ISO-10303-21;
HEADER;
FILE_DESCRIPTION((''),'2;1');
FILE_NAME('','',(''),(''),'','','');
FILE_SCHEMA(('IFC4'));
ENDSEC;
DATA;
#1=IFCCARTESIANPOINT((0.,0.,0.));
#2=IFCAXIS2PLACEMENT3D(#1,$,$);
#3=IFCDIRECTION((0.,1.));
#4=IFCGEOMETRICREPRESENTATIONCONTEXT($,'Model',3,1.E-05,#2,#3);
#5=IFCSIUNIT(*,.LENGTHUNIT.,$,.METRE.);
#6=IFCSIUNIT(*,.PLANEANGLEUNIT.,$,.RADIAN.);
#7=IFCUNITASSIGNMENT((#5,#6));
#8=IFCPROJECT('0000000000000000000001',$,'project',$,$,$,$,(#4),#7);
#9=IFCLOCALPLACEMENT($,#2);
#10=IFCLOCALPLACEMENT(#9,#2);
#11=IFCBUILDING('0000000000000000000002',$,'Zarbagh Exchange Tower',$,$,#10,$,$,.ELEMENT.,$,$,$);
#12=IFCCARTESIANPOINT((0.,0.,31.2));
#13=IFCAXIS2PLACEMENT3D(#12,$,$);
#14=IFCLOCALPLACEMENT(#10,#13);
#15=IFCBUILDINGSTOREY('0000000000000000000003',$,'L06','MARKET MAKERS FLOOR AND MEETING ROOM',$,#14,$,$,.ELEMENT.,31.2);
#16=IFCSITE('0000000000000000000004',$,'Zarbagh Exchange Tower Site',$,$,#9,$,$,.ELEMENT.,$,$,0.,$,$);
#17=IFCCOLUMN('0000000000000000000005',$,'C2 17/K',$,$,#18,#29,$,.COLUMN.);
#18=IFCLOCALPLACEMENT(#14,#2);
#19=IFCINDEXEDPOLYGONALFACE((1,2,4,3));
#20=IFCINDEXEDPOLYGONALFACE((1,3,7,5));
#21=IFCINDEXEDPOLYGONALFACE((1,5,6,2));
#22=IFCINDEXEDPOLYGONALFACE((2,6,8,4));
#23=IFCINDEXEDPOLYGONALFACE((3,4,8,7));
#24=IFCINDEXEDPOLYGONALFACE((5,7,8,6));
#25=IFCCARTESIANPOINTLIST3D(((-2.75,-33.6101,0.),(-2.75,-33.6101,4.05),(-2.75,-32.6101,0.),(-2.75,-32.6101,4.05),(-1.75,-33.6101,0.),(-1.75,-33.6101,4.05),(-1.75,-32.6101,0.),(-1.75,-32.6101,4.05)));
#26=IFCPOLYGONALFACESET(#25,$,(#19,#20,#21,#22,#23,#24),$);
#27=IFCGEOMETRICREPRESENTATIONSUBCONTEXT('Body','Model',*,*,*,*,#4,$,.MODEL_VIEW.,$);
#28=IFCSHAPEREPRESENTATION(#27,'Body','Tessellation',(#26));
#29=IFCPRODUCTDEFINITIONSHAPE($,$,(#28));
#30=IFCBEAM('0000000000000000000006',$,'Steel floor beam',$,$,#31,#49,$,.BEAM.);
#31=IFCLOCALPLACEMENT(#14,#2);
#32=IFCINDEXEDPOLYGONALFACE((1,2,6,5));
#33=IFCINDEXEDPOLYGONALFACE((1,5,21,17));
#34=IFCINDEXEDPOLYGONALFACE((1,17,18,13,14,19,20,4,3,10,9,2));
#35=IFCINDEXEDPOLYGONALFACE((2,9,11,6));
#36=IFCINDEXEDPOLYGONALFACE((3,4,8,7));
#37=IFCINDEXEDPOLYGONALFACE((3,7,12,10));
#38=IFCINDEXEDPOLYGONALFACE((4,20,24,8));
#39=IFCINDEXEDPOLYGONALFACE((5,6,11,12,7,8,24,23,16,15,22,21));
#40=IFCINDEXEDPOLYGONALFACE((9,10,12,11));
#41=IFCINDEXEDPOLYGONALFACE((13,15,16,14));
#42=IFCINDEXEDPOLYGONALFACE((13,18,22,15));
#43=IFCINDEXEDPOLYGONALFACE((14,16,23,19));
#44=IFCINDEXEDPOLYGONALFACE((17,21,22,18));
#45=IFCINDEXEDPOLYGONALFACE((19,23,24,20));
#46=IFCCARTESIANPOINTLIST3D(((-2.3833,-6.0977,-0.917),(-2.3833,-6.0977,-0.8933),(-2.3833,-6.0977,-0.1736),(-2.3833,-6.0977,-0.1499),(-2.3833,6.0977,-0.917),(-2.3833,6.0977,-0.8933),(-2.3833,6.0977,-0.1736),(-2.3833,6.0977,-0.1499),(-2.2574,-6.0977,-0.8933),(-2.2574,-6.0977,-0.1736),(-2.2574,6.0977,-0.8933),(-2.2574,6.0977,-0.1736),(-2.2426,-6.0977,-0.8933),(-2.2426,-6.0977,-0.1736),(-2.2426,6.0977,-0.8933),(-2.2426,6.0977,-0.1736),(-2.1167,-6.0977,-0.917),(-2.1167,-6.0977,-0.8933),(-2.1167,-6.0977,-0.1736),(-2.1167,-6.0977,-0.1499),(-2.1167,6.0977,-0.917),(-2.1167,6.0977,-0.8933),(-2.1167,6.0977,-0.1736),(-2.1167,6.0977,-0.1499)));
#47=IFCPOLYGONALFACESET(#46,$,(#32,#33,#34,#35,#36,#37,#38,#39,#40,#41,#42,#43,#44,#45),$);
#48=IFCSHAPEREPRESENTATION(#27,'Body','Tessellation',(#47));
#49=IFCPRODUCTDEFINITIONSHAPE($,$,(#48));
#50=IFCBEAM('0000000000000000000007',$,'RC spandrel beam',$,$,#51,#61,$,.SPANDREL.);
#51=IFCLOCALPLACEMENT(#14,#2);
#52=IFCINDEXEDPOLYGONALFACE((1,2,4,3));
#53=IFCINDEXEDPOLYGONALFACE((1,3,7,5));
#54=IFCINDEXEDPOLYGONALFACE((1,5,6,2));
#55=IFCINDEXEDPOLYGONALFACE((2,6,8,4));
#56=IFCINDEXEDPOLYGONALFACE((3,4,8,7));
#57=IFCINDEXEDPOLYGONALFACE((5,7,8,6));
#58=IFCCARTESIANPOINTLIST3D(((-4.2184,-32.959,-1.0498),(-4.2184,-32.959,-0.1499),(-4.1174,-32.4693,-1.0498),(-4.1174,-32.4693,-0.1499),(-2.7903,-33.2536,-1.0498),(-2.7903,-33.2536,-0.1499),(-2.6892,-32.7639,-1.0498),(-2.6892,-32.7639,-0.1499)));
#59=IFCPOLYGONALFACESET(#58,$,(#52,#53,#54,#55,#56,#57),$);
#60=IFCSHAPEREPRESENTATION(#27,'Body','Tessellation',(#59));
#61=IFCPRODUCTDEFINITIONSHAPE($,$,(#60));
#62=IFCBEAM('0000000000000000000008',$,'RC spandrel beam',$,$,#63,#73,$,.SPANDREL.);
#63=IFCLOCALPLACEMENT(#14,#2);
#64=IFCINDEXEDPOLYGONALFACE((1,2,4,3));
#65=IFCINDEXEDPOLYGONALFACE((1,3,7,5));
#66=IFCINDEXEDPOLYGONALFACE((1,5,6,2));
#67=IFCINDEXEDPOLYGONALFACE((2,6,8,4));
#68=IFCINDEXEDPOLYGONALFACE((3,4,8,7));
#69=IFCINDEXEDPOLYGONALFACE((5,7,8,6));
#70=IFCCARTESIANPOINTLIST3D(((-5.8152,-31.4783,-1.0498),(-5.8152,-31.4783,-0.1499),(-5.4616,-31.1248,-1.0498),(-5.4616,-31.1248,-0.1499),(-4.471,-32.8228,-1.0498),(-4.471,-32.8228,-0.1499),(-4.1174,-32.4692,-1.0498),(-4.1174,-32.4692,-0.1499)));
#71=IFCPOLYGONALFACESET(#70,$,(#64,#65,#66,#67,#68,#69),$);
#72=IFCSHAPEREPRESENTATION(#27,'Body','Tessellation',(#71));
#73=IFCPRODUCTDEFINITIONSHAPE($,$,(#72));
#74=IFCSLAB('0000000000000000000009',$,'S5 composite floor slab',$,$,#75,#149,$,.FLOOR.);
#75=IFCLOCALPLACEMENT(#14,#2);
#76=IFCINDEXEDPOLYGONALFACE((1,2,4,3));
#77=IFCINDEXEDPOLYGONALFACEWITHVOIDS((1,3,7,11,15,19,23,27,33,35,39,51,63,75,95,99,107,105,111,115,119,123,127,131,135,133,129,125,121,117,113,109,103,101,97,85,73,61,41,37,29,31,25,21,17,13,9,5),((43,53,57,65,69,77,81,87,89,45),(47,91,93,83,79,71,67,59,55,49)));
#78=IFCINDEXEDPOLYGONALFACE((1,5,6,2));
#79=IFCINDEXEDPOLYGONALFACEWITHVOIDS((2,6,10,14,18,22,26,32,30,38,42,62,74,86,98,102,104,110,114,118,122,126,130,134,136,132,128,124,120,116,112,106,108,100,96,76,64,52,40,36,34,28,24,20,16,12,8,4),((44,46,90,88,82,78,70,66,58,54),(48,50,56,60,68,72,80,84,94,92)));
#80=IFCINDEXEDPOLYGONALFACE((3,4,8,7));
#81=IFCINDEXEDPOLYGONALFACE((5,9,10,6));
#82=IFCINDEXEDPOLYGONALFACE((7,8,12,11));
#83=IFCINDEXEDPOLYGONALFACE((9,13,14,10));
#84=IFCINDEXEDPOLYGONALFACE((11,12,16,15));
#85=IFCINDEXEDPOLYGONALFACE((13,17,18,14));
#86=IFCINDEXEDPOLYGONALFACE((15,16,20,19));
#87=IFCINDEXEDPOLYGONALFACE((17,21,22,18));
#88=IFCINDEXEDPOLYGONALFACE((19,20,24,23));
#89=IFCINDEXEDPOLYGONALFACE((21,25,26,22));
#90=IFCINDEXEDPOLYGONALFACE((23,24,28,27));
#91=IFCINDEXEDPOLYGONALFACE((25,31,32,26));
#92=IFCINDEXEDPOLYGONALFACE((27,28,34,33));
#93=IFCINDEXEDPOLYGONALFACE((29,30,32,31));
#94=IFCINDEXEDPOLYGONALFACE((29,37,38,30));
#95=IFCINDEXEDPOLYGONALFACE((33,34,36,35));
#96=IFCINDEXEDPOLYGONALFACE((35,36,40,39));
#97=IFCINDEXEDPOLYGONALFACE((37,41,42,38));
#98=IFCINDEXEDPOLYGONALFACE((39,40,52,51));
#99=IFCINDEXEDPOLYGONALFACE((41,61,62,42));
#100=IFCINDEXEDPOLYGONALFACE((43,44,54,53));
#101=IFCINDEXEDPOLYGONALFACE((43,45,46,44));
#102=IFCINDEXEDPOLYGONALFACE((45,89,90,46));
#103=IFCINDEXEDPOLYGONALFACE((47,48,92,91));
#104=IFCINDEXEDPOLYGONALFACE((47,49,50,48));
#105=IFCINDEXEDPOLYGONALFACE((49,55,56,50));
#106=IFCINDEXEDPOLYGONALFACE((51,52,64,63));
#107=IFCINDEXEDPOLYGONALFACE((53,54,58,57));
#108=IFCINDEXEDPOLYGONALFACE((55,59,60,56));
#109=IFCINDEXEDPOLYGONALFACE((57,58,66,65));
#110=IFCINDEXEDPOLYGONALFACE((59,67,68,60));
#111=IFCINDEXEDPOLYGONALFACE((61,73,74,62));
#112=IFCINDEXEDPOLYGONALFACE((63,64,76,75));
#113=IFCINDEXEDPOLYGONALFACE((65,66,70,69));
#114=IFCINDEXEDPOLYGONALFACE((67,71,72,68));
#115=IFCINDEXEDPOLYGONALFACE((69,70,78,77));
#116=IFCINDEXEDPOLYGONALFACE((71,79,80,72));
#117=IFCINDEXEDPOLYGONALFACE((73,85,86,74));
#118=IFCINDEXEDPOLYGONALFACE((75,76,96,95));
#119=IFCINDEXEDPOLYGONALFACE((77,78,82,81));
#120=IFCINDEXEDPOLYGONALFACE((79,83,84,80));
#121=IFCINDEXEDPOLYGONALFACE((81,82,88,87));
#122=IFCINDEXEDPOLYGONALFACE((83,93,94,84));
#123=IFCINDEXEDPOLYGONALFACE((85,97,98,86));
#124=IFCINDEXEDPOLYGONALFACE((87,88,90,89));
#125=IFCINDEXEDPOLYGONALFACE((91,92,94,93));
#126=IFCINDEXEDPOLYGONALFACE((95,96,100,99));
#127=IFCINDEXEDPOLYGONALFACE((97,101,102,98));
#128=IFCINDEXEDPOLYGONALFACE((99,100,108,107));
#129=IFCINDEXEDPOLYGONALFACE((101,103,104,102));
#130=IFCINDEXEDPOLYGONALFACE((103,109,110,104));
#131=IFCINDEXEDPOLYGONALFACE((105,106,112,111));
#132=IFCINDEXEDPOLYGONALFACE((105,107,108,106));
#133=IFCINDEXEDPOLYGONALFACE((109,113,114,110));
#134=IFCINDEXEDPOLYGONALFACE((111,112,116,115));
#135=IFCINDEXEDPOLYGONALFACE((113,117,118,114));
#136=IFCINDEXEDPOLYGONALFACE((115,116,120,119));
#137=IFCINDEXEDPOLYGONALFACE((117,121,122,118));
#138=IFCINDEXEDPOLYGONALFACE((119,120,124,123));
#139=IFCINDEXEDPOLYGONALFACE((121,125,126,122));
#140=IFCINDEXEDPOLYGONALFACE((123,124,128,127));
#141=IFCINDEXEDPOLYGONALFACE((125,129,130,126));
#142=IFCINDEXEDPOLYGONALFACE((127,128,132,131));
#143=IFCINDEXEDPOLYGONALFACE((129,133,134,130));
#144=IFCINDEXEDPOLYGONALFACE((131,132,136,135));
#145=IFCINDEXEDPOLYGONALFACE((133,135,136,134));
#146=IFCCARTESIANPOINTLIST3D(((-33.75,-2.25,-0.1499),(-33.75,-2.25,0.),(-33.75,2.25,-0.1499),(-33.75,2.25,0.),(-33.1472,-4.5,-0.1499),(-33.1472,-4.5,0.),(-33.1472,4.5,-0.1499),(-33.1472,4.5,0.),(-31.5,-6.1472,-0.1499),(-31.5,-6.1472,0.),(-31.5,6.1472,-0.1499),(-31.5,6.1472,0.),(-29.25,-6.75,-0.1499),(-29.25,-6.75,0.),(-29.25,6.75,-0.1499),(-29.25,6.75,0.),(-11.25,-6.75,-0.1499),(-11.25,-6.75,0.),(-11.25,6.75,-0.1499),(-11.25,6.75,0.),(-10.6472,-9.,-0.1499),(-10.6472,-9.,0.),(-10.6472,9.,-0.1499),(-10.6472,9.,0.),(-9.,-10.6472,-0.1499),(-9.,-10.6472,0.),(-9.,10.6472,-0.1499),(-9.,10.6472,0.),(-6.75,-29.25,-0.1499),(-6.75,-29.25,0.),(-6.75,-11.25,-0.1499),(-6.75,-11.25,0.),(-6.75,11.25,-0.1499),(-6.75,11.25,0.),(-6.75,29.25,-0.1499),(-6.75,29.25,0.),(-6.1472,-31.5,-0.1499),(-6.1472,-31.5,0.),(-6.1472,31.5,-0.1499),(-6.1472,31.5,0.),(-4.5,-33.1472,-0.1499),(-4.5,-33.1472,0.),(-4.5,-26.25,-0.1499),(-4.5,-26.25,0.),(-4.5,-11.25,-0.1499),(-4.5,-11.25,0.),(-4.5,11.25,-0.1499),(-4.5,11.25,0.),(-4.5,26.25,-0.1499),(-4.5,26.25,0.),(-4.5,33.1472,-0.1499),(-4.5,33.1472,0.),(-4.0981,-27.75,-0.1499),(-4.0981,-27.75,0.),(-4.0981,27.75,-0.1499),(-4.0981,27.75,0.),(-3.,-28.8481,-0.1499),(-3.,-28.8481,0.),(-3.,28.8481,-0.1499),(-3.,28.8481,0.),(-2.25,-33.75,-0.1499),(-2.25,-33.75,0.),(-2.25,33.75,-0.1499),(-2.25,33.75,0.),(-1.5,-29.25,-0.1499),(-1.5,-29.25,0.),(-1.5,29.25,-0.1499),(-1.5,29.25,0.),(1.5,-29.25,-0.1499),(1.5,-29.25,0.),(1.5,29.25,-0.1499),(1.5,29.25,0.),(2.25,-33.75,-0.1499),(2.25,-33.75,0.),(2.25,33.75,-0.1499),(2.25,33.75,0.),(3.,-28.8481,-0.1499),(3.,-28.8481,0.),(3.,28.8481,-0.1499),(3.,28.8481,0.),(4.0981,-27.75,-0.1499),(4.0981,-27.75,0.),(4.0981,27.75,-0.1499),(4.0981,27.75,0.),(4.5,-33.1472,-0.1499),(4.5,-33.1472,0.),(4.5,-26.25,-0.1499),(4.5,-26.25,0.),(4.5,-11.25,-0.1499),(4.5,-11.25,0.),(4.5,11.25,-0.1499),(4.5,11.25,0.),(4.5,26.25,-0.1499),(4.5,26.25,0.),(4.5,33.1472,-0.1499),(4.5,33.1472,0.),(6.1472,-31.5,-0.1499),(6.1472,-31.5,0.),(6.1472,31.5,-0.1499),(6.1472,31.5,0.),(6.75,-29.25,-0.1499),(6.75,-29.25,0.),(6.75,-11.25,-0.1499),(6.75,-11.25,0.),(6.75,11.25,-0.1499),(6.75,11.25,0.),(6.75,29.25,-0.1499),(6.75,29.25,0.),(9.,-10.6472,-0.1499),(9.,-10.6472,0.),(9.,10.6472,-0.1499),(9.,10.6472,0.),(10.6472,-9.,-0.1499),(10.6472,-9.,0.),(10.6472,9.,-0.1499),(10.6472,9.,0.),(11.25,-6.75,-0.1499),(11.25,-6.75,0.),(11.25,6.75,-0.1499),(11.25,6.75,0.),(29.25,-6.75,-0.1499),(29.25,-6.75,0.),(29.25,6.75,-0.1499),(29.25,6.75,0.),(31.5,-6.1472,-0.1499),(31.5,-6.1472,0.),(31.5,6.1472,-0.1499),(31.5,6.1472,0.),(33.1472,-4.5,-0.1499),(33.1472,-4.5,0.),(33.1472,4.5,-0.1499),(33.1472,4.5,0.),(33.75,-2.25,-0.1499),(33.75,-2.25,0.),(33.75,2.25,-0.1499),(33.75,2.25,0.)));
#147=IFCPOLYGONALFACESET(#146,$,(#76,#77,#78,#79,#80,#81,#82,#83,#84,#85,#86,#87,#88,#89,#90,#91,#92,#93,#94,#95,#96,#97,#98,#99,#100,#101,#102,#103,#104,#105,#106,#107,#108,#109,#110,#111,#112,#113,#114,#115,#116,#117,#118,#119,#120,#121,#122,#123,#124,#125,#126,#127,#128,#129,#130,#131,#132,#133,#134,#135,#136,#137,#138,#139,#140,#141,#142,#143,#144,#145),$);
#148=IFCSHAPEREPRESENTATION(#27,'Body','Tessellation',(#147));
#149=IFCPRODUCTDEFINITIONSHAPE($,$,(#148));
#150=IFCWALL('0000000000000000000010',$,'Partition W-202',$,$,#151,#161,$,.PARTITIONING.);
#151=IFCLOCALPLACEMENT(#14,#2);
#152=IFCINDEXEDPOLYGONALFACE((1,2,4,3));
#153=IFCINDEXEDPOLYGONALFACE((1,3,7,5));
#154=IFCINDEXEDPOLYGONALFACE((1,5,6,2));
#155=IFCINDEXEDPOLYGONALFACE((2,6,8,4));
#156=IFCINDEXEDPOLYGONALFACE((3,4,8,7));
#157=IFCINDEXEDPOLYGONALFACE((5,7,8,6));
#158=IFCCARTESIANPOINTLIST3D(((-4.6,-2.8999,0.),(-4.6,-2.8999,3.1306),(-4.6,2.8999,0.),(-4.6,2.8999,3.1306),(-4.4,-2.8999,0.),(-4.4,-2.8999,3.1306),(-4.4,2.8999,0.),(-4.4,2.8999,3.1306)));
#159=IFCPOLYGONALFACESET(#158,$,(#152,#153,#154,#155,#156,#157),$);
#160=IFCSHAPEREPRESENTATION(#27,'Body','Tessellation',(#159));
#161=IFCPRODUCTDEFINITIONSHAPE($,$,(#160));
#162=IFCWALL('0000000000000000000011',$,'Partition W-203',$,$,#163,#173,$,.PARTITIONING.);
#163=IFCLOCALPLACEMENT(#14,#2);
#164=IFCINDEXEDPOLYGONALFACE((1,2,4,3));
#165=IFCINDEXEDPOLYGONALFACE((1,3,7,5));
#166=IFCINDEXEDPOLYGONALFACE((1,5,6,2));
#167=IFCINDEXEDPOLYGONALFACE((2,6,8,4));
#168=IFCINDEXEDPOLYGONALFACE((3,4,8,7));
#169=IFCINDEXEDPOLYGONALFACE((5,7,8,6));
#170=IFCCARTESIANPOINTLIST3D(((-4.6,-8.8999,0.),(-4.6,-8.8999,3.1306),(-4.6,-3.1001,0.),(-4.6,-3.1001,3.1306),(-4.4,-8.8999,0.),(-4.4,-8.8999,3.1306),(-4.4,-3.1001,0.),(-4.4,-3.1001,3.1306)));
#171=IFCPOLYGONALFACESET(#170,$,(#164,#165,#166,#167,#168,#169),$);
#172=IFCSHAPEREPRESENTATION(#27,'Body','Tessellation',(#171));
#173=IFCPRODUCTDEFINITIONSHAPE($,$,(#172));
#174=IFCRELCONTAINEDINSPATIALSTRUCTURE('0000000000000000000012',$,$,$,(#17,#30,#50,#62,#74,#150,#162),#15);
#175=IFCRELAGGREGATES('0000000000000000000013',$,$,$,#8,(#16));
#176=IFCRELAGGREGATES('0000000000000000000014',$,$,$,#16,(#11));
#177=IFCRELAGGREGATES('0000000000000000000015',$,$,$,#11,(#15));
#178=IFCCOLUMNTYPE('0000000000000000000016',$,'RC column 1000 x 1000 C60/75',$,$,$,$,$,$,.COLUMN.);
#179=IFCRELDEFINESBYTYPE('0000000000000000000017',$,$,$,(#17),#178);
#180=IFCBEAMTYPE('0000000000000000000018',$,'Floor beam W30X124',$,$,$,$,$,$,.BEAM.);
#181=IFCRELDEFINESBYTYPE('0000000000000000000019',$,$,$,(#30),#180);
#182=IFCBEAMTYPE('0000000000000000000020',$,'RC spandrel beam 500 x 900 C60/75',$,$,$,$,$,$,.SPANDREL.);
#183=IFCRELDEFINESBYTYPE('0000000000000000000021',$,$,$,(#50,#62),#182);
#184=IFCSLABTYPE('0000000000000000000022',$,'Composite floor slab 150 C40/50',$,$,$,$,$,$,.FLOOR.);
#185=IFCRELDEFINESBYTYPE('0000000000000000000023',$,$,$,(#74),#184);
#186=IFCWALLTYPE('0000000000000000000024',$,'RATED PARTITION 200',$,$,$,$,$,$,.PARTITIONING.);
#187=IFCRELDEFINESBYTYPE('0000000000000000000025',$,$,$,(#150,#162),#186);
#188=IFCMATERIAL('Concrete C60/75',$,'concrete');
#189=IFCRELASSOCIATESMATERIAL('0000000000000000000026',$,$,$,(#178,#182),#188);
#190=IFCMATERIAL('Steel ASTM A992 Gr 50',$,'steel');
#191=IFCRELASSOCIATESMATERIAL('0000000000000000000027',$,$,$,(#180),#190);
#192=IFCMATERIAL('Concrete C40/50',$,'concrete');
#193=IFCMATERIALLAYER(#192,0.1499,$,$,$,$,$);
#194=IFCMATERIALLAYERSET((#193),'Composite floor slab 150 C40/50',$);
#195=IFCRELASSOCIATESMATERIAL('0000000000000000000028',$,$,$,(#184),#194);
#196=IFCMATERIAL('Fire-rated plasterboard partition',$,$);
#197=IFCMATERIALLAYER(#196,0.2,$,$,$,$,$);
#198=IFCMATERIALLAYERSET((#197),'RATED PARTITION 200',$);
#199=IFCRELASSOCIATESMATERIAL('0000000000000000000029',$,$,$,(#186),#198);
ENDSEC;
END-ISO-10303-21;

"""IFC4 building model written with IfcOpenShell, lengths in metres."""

from ifc_helpers import new_model, si_unit, direction, frame, frame_2d, origin, origin_2d, place, context, subcontext, project, spatial, polyline, rectangle, i_section, outline, extrude, material, layer, layer_set, material_profile, profile_set, type_object, element, save


model = new_model("IFC4")

# Units and contexts
model_context = context("Model", 3, precision=1e-05, world=origin(), true_north=direction((0.0, 1.0)))
body_context = subcontext(model_context, "Body", "Model", "MODEL_VIEW")
ifc_project = project(units=[si_unit("LENGTHUNIT", "METRE"), si_unit("PLANEANGLEUNIT", "RADIAN")], contexts=[model_context])

# Site, building, storey
site_placement = place(None, origin())
site = spatial("IfcSite", under=ifc_project, at=site_placement, Name="Zarbagh Exchange Tower Site", CompositionType="ELEMENT", RefElevation=0.0)
building_placement = place(site_placement, origin())
building = spatial("IfcBuilding", under=site, at=building_placement, Name="Zarbagh Exchange Tower", CompositionType="ELEMENT")
storey_placement = place(building_placement, frame((0.0, 0.0, 31.2)))
storey = spatial("IfcBuildingStorey", under=building, at=storey_placement, Name="L06", Description="MARKET MAKERS FLOOR AND MEETING ROOM", CompositionType="ELEMENT", Elevation=31.2)

# Column
ifc_material_1 = material(Name="Concrete C60/75", Category="concrete")
ifc_material_profile_1 = material_profile(ifc_material_1, rectangle(XDim=1.0, YDim=1.0, at=origin_2d()), Name="RC column 1000 x 1000 C60/75")
ifc_profile_set_1 = profile_set([ifc_material_profile_1], Name="Concrete C60/75")
column_type = type_object("IfcColumnType", Name="RC column 1000 x 1000 C60/75", PredefinedType="COLUMN", material=ifc_profile_set_1)
column_placement = place(storey_placement, frame((-2.25, -33.1101, 0.0), z_axis=(0.0, 0.0, 1.0), x_axis=(1.0, 0.0, 0.0)))
element("IfcColumn", 1, at=column_placement, inside=storey, type_object=column_type, Name="C2 17/K", PredefinedType="COLUMN", context=body_context, shape_type="SweptSolid", body=[
    extrude(rectangle(XDim=1.0, YDim=1.0, at=origin_2d()), origin(), (0.0, 0.0, 1.0), 4.05),
])

# Beams
ifc_material_2 = material(Name="Steel ASTM A992 Gr 50", Category="steel")
ifc_material_profile_2 = material_profile(ifc_material_2, i_section(OverallWidth=0.2666, OverallDepth=0.7671, WebThickness=0.0149, FlangeThickness=0.0237, at=origin_2d()), Name="W30X124")
ifc_profile_set_2 = profile_set([ifc_material_profile_2], Name="Steel ASTM A992 Gr 50")
beam_type_1 = type_object("IfcBeamType", Name="Floor beam W30X124", PredefinedType="BEAM", material=ifc_profile_set_2)
beam_1_placement = place(storey_placement, frame((-2.25, -6.0977, -0.5334), z_axis=(0.0, 1.0, 0.0), x_axis=(-1.0, 0.0, 0.0)))
element("IfcBeam", 2, at=beam_1_placement, inside=storey, type_object=beam_type_1, Name="Steel floor beam", PredefinedType="BEAM", context=body_context, shape_type="SweptSolid", body=[
    extrude(i_section(OverallWidth=0.2666, OverallDepth=0.7671, WebThickness=0.0149, FlangeThickness=0.0237, at=origin_2d()), origin(), (0.0, 0.0, 1.0), 12.1953),
])
ifc_material_profile_3 = material_profile(ifc_material_1, rectangle(XDim=0.5, YDim=0.8999, at=origin_2d()), Name="RC spandrel beam 500 x 900 C60/75")
ifc_profile_set_3 = profile_set([ifc_material_profile_3], Name="Concrete C60/75")
beam_type_2 = type_object("IfcBeamType", Name="RC spandrel beam 500 x 900 C60/75", PredefinedType="SPANDREL", material=ifc_profile_set_3)
beam_2_placement = place(storey_placement, frame((-2.7397, -33.0088, -0.5999), z_axis=(-0.979371, 0.202069, 0.0), x_axis=(-0.202069, -0.979371, 0.0)))
element("IfcBeam", 3, at=beam_2_placement, inside=storey, type_object=beam_type_2, Name="RC spandrel beam", PredefinedType="SPANDREL", context=body_context, shape_type="SweptSolid", body=[
    extrude(rectangle(XDim=0.5, YDim=0.8999, at=origin_2d()), origin(), (0.0, 0.0, 1.0), 1.4583),
])
beam_3_placement = place(storey_placement, frame((-4.2942, -32.646, -0.5999), z_axis=(-0.707043, 0.707171, 0.0), x_axis=(-0.707171, -0.707043, 0.0)))
element("IfcBeam", 4, at=beam_3_placement, inside=storey, type_object=beam_type_2, Name="RC spandrel beam", PredefinedType="SPANDREL", context=body_context, shape_type="SweptSolid", body=[
    extrude(rectangle(XDim=0.5, YDim=0.8999, at=origin_2d()), origin(), (0.0, 0.0, 1.0), 1.9011),
])

# Slab
ifc_material_3 = material(Name="Concrete C40/50", Category="concrete")
ifc_layer_1 = layer(ifc_material_3, 0.1499)
ifc_layer_set_1 = layer_set([ifc_layer_1], Name="Composite floor slab 150 C40/50")
slab_type = type_object("IfcSlabType", Name="Composite floor slab 150 C40/50", PredefinedType="FLOOR", material=ifc_layer_set_1)
slab_placement = place(storey_placement, frame((0.0, 0.0, -0.1499)))
element("IfcSlab", 5, at=slab_placement, inside=storey, type_object=slab_type, Name="S5 composite floor slab", PredefinedType="FLOOR", context=body_context, shape_type="SweptSolid", body=[
    extrude(outline(polyline([(-2.25, -33.75), (-4.5, -33.1472), (-6.1472, -31.5), (-6.75, -29.25), (-6.75, -11.25), (-9.0, -10.6472), (-10.6472, -9.0), (-11.25, -6.75), (-29.25, -6.75), (-31.5, -6.1472), (-33.1472, -4.5), (-33.75, -2.25), (-33.75, 2.25), (-33.1472, 4.5), (-31.5, 6.1472), (-29.25, 6.75), (-11.25, 6.75), (-10.6472, 9.0), (-9.0, 10.6472), (-6.75, 11.25), (-6.75, 29.25), (-6.1472, 31.5), (-4.5, 33.1472), (-2.25, 33.75), (2.25, 33.75), (4.5, 33.1472), (6.1472, 31.5), (6.75, 29.25), (6.75, 11.25), (9.0, 10.6472), (10.6472, 9.0), (11.25, 6.75), (29.25, 6.75), (31.5, 6.1472), (33.1472, 4.5), (33.75, 2.25), (33.75, -2.25), (33.1472, -4.5), (31.5, -6.1472), (29.25, -6.75), (11.25, -6.75), (10.6472, -9.0), (9.0, -10.6472), (6.75, -11.25), (6.75, -29.25), (6.1472, -31.5), (4.5, -33.1472), (2.25, -33.75), (-2.25, -33.75)]), holes=[polyline([(4.5, 11.25), (4.5, 26.25), (4.0981, 27.75), (3.0, 28.8481), (1.5, 29.25), (-1.5, 29.25), (-3.0, 28.8481), (-4.0981, 27.75), (-4.5, 26.25), (-4.5, 11.25), (4.5, 11.25)]), polyline([(-1.5, -29.25), (1.5, -29.25), (3.0, -28.8481), (4.0981, -27.75), (4.5, -26.25), (4.5, -11.25), (-4.5, -11.25), (-4.5, -26.25), (-4.0981, -27.75), (-3.0, -28.8481), (-1.5, -29.25)])]), origin(), (0.0, 0.0, 1.0), 0.1499),
])

# Walls
ifc_material_4 = material(Name="Fire-rated plasterboard partition")
ifc_layer_2 = layer(ifc_material_4, 0.2)
ifc_layer_set_2 = layer_set([ifc_layer_2], Name="RATED PARTITION 200")
wall_type_1 = type_object("IfcWallType", Name="RATED PARTITION 200", PredefinedType="PARTITIONING", material=ifc_layer_set_2)
for number, where, z_axis, x_axis, name in (
    (6, (-4.5, -2.8999, 0.0), (0.0, 0.0, 1.0), (0.0, 1.0, 0.0), "Partition W-202"),
    (7, (-4.5, -8.8999, 0.0), (0.0, 0.0, 1.0), (0.0, 1.0, 0.0), "Partition W-203"),
):
    element("IfcWall", number, at=place(storey_placement, frame(where, z_axis=z_axis, x_axis=x_axis)), inside=storey, type_object=wall_type_1, Name=name, PredefinedType="PARTITIONING", context=body_context, shape_type="SweptSolid", body=[
        extrude(rectangle(XDim=5.7998, YDim=0.2, at=frame_2d((2.8999, 0.0))), origin(), (0.0, 0.0, 1.0), 3.1306),
    ])

save(model, "model.ifc")
